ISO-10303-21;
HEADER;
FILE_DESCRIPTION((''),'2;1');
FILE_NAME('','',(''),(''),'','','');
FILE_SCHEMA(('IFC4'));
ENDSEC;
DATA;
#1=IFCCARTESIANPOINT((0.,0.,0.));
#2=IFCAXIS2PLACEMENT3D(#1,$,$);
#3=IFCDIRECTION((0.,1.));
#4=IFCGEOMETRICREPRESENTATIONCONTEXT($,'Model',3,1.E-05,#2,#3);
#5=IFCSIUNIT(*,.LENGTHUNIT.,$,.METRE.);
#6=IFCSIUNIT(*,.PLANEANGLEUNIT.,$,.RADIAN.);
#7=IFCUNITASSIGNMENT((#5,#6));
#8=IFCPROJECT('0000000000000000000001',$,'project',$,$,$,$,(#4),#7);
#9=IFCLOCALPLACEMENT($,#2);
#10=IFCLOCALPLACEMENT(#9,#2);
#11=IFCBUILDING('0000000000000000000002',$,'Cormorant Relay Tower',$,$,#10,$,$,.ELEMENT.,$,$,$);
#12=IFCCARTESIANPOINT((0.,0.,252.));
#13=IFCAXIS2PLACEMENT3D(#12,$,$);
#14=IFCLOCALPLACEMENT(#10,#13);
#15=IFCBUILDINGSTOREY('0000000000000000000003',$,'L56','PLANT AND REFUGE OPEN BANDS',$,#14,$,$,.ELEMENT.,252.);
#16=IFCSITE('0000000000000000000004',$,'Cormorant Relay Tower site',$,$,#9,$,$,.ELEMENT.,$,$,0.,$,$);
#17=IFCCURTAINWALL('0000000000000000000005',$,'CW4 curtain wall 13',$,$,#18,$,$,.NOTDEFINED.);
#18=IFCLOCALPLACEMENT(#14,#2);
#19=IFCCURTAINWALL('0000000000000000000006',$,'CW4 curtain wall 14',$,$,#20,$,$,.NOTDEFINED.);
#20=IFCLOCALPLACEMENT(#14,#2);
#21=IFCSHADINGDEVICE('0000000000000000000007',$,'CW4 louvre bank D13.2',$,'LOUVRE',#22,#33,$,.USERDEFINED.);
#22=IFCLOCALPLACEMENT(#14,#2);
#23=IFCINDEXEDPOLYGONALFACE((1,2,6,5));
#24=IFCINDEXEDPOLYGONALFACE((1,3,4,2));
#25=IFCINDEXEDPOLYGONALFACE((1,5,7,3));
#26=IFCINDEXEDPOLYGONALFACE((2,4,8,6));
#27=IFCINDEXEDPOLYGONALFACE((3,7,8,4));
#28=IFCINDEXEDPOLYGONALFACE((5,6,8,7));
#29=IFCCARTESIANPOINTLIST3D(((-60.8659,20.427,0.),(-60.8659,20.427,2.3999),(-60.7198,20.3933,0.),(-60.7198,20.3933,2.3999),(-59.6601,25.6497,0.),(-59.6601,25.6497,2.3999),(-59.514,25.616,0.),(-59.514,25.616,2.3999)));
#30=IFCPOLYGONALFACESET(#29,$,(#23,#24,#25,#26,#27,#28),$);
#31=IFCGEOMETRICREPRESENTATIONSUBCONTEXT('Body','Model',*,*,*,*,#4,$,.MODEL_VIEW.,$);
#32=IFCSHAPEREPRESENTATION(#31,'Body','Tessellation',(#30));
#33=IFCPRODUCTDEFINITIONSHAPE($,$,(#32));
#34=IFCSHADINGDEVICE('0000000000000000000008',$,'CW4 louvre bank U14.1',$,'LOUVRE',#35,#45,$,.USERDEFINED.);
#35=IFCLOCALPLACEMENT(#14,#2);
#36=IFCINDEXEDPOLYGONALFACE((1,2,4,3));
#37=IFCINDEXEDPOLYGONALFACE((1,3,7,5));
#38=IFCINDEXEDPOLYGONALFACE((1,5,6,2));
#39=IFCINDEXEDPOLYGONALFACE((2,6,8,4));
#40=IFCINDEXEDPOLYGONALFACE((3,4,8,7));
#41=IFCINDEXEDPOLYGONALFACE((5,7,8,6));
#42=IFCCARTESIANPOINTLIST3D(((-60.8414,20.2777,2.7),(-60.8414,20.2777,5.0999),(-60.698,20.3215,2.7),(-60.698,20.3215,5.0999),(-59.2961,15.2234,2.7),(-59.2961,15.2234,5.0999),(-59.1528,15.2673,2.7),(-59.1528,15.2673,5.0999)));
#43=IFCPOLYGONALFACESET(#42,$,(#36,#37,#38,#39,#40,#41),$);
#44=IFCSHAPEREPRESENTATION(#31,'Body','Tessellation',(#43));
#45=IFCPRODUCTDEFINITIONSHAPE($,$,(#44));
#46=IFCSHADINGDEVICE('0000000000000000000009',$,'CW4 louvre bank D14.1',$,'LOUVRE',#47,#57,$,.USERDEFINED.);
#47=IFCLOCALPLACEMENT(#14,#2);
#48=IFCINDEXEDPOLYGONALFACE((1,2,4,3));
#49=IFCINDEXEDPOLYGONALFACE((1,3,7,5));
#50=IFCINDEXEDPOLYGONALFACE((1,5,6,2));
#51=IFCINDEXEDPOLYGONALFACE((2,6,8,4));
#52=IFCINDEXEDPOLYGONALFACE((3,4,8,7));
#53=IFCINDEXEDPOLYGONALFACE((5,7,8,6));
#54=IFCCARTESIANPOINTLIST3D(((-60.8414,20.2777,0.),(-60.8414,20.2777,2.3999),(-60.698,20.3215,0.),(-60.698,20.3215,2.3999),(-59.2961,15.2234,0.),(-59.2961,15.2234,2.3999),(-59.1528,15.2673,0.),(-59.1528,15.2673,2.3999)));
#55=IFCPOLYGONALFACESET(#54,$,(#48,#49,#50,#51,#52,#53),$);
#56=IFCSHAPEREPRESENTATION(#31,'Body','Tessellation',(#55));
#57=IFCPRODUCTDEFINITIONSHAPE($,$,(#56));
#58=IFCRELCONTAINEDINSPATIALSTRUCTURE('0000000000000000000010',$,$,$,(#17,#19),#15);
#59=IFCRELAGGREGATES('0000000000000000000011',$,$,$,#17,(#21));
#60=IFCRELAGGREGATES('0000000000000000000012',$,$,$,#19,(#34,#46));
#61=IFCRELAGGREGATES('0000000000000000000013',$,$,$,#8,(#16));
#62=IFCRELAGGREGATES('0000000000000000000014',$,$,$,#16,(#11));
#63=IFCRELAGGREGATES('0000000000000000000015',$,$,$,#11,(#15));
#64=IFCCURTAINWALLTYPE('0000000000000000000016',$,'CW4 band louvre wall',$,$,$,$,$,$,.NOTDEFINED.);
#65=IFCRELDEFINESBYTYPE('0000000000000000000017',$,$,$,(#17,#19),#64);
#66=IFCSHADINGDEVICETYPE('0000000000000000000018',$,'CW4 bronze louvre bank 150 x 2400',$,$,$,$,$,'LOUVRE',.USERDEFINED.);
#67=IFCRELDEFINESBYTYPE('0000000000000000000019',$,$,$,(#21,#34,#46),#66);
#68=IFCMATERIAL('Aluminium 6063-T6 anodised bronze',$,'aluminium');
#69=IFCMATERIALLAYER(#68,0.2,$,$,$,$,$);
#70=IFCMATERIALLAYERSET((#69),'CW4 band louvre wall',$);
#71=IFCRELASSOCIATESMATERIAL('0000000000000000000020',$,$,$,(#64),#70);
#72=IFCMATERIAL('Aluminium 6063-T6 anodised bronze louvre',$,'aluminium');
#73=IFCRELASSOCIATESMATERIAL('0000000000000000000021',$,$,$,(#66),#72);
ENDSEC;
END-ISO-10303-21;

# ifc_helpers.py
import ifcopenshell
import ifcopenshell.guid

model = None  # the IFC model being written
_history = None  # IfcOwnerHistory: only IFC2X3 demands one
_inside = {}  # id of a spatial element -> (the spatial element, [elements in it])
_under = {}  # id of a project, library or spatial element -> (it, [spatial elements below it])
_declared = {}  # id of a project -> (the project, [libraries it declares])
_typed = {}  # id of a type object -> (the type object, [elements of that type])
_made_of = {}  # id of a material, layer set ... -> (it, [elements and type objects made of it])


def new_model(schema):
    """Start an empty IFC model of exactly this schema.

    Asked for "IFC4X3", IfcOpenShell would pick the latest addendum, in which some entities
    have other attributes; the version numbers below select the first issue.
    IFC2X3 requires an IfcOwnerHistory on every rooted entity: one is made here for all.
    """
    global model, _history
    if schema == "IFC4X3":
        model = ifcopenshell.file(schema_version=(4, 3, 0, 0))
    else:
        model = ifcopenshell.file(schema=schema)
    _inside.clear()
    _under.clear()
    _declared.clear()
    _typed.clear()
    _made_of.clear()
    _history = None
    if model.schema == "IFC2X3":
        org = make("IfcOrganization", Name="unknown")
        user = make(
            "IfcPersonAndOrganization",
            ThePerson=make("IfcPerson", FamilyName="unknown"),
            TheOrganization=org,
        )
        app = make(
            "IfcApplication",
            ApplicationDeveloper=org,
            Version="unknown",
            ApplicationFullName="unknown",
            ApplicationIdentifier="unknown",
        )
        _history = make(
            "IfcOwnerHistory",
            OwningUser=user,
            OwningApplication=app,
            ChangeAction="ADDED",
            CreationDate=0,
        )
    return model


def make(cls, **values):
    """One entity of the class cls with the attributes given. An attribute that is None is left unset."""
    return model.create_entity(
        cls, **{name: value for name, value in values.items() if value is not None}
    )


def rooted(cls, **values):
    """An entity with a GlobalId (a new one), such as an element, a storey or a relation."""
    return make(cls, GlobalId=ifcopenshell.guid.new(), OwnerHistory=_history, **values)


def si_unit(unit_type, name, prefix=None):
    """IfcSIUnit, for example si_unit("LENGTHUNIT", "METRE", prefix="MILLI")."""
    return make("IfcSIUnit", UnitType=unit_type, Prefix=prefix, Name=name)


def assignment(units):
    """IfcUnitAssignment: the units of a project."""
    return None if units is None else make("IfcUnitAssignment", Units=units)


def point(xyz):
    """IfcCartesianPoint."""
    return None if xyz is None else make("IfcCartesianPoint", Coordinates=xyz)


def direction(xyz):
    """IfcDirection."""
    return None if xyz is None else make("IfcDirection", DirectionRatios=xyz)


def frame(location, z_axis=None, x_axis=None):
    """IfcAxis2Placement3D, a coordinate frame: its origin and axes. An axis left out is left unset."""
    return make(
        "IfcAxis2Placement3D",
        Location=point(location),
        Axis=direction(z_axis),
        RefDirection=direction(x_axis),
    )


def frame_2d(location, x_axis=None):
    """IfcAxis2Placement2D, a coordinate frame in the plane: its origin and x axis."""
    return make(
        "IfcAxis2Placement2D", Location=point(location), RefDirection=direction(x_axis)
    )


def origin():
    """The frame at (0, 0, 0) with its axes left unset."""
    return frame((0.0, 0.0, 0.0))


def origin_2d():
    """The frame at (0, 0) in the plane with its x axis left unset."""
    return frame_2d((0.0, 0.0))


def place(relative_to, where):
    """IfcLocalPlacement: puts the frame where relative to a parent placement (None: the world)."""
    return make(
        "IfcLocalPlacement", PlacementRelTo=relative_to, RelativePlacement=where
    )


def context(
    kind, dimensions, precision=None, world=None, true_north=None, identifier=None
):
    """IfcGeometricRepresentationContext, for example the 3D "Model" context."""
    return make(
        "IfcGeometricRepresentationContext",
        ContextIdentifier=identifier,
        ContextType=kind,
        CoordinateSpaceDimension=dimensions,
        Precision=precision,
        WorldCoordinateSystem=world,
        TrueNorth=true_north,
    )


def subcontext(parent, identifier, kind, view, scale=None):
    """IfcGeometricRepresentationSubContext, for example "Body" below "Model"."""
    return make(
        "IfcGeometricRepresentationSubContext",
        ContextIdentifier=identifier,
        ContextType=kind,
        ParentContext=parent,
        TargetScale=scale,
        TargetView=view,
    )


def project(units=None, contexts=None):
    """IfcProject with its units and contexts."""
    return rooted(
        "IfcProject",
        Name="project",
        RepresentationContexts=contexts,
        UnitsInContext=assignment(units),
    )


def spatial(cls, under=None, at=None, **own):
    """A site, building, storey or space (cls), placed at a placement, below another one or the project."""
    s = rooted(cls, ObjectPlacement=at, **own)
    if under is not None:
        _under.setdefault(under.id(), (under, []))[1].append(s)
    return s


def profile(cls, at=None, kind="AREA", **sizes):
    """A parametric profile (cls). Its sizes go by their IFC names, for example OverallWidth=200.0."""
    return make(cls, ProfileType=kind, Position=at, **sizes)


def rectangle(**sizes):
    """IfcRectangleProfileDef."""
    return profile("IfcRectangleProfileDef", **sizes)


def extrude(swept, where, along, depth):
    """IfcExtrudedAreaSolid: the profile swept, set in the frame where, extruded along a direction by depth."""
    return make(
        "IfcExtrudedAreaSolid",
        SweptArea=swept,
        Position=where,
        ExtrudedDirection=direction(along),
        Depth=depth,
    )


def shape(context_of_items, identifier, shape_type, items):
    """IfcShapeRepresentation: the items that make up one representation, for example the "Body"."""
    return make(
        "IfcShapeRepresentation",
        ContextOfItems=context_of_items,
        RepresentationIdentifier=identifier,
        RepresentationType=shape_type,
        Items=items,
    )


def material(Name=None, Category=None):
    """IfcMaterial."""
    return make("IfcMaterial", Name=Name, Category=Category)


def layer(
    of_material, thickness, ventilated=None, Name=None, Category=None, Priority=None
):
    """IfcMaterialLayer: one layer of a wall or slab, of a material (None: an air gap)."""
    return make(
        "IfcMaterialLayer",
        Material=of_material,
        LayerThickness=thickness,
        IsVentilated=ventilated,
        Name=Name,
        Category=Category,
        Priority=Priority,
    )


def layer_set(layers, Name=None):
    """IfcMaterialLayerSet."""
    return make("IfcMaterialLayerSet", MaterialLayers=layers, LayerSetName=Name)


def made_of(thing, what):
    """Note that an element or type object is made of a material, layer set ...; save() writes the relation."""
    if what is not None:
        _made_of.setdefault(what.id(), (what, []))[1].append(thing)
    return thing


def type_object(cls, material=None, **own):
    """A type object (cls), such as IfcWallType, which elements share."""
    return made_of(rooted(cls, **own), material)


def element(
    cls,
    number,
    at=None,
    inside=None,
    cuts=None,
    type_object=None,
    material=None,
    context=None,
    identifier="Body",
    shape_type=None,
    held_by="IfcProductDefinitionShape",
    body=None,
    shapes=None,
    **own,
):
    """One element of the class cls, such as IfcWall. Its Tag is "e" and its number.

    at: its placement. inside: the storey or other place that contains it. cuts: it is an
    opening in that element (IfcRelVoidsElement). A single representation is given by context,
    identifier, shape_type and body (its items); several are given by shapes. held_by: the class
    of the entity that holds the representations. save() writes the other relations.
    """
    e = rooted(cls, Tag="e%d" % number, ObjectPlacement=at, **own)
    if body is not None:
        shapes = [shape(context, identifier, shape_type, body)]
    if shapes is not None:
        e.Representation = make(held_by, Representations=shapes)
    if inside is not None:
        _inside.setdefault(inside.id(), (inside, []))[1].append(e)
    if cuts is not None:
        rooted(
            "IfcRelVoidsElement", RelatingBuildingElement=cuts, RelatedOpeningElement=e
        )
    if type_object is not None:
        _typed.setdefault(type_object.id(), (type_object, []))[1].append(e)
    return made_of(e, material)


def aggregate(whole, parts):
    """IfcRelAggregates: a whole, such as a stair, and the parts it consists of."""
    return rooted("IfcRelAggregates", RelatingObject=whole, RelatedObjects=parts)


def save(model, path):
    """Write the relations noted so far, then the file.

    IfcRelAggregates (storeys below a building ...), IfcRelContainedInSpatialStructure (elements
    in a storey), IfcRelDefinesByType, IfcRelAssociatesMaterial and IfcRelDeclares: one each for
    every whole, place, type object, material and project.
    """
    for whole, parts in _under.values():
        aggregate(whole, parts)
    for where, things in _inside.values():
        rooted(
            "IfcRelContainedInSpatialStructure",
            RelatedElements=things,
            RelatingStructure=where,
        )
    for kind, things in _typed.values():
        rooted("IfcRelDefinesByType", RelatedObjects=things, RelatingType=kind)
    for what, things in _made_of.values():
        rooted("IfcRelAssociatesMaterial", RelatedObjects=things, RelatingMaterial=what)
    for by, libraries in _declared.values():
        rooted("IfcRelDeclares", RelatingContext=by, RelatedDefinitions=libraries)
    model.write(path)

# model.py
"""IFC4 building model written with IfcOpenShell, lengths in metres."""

from ifc_helpers import new_model, si_unit, direction, frame, origin, origin_2d, place, context, subcontext, project, spatial, rectangle, extrude, material, layer, layer_set, type_object, element, aggregate, save


model = new_model("IFC4")

# Units and contexts
model_context = context("Model", 3, precision=1e-05, world=origin(), true_north=direction((0.0, 1.0)))
body_context = subcontext(model_context, "Body", "Model", "MODEL_VIEW")
ifc_project = project(units=[si_unit("LENGTHUNIT", "METRE"), si_unit("PLANEANGLEUNIT", "RADIAN")], contexts=[model_context])

# Site, building, storey
site_placement = place(None, origin())
site = spatial("IfcSite", under=ifc_project, at=site_placement, Name="Cormorant Relay Tower site", CompositionType="ELEMENT", RefElevation=0.0)
building_placement = place(site_placement, origin())
building = spatial("IfcBuilding", under=site, at=building_placement, Name="Cormorant Relay Tower", CompositionType="ELEMENT")
storey_placement = place(building_placement, frame((0.0, 0.0, 252.0)))
storey = spatial("IfcBuildingStorey", under=building, at=storey_placement, Name="L56", Description="PLANT AND REFUGE OPEN BANDS", CompositionType="ELEMENT", Elevation=252.0)

# Curtain wall
ifc_material_1 = material(Name="Aluminium 6063-T6 anodised bronze", Category="aluminium")
ifc_layer_1 = layer(ifc_material_1, 0.2)
ifc_layer_set_1 = layer_set([ifc_layer_1], Name="CW4 band louvre wall")
curtain_wall_type = type_object("IfcCurtainWallType", Name="CW4 band louvre wall", PredefinedType="NOTDEFINED", material=ifc_layer_set_1)
curtain_wall_1_placement = place(storey_placement, origin())
curtain_wall_1 = element("IfcCurtainWall", 1, at=curtain_wall_1_placement, inside=storey, type_object=curtain_wall_type, Name="CW4 curtain wall 13", PredefinedType="NOTDEFINED")

# Curtain wall
curtain_wall_2_placement = place(storey_placement, origin())
curtain_wall_2 = element("IfcCurtainWall", 2, at=curtain_wall_2_placement, inside=storey, type_object=curtain_wall_type, Name="CW4 curtain wall 14", PredefinedType="NOTDEFINED")

# Shading devices
ifc_material_2 = material(Name="Aluminium 6063-T6 anodised bronze louvre", Category="aluminium")
shading_device_type = type_object("IfcShadingDeviceType", Name="CW4 bronze louvre bank 150 x 2400", ElementType="LOUVRE", PredefinedType="USERDEFINED", material=ifc_material_2)
shading_device_1_placement = place(storey_placement, frame((-60.1899, 23.0215, 0.0), z_axis=(0.0, 0.0, 1.0), x_axis=(-0.224951, -0.97437, 0.0)))
shading_device_1 = element("IfcShadingDevice", 3, at=shading_device_1_placement, type_object=shading_device_type, Name="CW4 louvre bank D13.2", ObjectType="LOUVRE", PredefinedType="USERDEFINED", context=body_context, shape_type="SweptSolid", body=[
    extrude(rectangle(XDim=5.3601, YDim=0.1499, at=origin_2d()), origin(), (0.0, 0.0, 1.0), 2.3999),
])
aggregate(curtain_wall_1, [shading_device_1])
shading_device_2_placement = place(storey_placement, frame((-59.9971, 17.7725, 2.7), z_axis=(0.0, 0.0, 1.0), x_axis=(0.292372, -0.956305, 0.0)))
shading_device_2 = element("IfcShadingDevice", 4, at=shading_device_2_placement, type_object=shading_device_type, Name="CW4 louvre bank U14.1", ObjectType="LOUVRE", PredefinedType="USERDEFINED", context=body_context, shape_type="SweptSolid", body=[
    extrude(rectangle(XDim=5.2852, YDim=0.1499, at=origin_2d()), origin(), (0.0, 0.0, 1.0), 2.3999),
])
shading_device_3_placement = place(storey_placement, frame((-59.9971, 17.7725, 0.0), z_axis=(0.0, 0.0, 1.0), x_axis=(0.292372, -0.956305, 0.0)))
shading_device_3 = element("IfcShadingDevice", 5, at=shading_device_3_placement, type_object=shading_device_type, Name="CW4 louvre bank D14.1", ObjectType="LOUVRE", PredefinedType="USERDEFINED", context=body_context, shape_type="SweptSolid", body=[
    extrude(rectangle(XDim=5.2852, YDim=0.1499, at=origin_2d()), origin(), (0.0, 0.0, 1.0), 2.3999),
])
aggregate(curtain_wall_2, [shading_device_2, shading_device_3])

save(model, "model.ifc")
